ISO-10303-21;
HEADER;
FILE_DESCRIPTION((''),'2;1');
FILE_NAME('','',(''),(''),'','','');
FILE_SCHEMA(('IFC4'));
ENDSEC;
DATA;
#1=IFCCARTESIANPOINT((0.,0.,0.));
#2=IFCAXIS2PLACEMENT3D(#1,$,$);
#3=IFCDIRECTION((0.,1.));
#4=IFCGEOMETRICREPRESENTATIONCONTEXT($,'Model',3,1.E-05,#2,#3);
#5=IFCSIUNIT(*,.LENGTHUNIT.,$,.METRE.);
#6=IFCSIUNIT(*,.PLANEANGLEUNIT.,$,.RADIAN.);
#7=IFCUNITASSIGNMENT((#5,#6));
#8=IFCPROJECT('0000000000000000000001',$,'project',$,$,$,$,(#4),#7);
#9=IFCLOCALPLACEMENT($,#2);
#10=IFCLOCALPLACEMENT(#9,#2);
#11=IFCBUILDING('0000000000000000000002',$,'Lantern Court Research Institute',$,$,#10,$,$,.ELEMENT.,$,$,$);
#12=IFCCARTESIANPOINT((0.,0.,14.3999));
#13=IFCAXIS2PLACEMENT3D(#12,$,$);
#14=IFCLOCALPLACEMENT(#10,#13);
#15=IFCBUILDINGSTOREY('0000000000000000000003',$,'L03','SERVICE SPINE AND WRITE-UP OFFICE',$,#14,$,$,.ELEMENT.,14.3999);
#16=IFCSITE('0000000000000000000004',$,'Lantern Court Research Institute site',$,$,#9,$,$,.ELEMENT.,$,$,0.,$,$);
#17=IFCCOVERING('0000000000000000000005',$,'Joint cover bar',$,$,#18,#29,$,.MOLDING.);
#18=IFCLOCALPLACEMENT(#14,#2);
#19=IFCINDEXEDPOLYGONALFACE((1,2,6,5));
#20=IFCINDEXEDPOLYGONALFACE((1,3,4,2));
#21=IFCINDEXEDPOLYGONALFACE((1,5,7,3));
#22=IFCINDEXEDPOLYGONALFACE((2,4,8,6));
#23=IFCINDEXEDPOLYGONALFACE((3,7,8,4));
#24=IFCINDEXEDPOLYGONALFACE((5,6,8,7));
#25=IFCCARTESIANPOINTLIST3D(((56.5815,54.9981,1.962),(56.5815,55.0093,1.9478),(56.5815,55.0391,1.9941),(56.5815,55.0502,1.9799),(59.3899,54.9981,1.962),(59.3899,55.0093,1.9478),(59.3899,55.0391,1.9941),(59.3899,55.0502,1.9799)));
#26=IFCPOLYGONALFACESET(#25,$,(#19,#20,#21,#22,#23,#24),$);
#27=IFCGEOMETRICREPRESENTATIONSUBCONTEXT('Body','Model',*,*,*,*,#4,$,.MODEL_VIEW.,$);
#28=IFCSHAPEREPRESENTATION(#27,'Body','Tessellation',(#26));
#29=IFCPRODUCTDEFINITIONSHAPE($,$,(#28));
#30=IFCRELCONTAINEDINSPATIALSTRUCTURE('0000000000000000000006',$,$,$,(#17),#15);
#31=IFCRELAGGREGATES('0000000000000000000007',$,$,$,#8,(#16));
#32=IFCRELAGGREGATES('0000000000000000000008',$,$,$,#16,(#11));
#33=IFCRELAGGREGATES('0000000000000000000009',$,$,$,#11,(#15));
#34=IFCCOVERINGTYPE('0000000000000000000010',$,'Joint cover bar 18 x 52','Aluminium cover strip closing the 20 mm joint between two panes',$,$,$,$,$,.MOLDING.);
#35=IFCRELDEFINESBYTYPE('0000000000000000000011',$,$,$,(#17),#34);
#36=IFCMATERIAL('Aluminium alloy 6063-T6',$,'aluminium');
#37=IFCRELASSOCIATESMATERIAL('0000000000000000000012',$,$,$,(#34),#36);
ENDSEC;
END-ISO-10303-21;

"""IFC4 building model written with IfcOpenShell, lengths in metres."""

from ifc_helpers import new_model, si_unit, direction, frame, origin, origin_2d, place, context, subcontext, project, spatial, rectangle, extrude, material, material_profile, profile_set, type_object, element, save


model = new_model("IFC4")

# Units and contexts
model_context = context("Model", 3, precision=1e-05, world=origin(), true_north=direction((0.0, 1.0)))
body_context = subcontext(model_context, "Body", "Model", "MODEL_VIEW")
ifc_project = project(units=[si_unit("LENGTHUNIT", "METRE"), si_unit("PLANEANGLEUNIT", "RADIAN")], contexts=[model_context])

# Site, building, storey
site_placement = place(None, origin())
site = spatial("IfcSite", under=ifc_project, at=site_placement, Name="Lantern Court Research Institute site", CompositionType="ELEMENT", RefElevation=0.0)
building_placement = place(site_placement, origin())
building = spatial("IfcBuilding", under=site, at=building_placement, Name="Lantern Court Research Institute", CompositionType="ELEMENT")
storey_placement = place(building_placement, frame((0.0, 0.0, 14.3999)))
storey = spatial("IfcBuildingStorey", under=building, at=storey_placement, Name="L03", Description="SERVICE SPINE AND WRITE-UP OFFICE", CompositionType="ELEMENT", Elevation=14.3999)

# Covering
ifc_material_1 = material(Name="Aluminium alloy 6063-T6", Category="aluminium")
ifc_material_profile_1 = material_profile(ifc_material_1, rectangle(XDim=0.0181, YDim=0.052, at=origin_2d()), Name="Joint cover bar 18 x 52")
ifc_profile_set_1 = profile_set([ifc_material_profile_1], Name="Aluminium alloy 6063-T6")
covering_type = type_object("IfcCoveringType", Name="Joint cover bar 18 x 52", Description="Aluminium cover strip closing the 20 mm joint between two panes", PredefinedType="MOLDING", material=ifc_profile_set_1)
for number, where, z_axis, x_axis, name in (
    (1, (56.5815, 55.0242, 1.9709), (1.0, 0.0, 0.0), (0.0, 0.616657, -0.787232), "Joint cover bar"),
):
    element("IfcCovering", number, at=place(storey_placement, frame(where, z_axis=z_axis, x_axis=x_axis)), inside=storey, type_object=covering_type, Name=name, PredefinedType="MOLDING", context=body_context, shape_type="SweptSolid", body=[
        extrude(rectangle(XDim=0.0181, YDim=0.052, at=origin_2d()), origin(), (0.0, 0.0, 1.0), 2.8083),
    ])

save(model, "model.ifc")
